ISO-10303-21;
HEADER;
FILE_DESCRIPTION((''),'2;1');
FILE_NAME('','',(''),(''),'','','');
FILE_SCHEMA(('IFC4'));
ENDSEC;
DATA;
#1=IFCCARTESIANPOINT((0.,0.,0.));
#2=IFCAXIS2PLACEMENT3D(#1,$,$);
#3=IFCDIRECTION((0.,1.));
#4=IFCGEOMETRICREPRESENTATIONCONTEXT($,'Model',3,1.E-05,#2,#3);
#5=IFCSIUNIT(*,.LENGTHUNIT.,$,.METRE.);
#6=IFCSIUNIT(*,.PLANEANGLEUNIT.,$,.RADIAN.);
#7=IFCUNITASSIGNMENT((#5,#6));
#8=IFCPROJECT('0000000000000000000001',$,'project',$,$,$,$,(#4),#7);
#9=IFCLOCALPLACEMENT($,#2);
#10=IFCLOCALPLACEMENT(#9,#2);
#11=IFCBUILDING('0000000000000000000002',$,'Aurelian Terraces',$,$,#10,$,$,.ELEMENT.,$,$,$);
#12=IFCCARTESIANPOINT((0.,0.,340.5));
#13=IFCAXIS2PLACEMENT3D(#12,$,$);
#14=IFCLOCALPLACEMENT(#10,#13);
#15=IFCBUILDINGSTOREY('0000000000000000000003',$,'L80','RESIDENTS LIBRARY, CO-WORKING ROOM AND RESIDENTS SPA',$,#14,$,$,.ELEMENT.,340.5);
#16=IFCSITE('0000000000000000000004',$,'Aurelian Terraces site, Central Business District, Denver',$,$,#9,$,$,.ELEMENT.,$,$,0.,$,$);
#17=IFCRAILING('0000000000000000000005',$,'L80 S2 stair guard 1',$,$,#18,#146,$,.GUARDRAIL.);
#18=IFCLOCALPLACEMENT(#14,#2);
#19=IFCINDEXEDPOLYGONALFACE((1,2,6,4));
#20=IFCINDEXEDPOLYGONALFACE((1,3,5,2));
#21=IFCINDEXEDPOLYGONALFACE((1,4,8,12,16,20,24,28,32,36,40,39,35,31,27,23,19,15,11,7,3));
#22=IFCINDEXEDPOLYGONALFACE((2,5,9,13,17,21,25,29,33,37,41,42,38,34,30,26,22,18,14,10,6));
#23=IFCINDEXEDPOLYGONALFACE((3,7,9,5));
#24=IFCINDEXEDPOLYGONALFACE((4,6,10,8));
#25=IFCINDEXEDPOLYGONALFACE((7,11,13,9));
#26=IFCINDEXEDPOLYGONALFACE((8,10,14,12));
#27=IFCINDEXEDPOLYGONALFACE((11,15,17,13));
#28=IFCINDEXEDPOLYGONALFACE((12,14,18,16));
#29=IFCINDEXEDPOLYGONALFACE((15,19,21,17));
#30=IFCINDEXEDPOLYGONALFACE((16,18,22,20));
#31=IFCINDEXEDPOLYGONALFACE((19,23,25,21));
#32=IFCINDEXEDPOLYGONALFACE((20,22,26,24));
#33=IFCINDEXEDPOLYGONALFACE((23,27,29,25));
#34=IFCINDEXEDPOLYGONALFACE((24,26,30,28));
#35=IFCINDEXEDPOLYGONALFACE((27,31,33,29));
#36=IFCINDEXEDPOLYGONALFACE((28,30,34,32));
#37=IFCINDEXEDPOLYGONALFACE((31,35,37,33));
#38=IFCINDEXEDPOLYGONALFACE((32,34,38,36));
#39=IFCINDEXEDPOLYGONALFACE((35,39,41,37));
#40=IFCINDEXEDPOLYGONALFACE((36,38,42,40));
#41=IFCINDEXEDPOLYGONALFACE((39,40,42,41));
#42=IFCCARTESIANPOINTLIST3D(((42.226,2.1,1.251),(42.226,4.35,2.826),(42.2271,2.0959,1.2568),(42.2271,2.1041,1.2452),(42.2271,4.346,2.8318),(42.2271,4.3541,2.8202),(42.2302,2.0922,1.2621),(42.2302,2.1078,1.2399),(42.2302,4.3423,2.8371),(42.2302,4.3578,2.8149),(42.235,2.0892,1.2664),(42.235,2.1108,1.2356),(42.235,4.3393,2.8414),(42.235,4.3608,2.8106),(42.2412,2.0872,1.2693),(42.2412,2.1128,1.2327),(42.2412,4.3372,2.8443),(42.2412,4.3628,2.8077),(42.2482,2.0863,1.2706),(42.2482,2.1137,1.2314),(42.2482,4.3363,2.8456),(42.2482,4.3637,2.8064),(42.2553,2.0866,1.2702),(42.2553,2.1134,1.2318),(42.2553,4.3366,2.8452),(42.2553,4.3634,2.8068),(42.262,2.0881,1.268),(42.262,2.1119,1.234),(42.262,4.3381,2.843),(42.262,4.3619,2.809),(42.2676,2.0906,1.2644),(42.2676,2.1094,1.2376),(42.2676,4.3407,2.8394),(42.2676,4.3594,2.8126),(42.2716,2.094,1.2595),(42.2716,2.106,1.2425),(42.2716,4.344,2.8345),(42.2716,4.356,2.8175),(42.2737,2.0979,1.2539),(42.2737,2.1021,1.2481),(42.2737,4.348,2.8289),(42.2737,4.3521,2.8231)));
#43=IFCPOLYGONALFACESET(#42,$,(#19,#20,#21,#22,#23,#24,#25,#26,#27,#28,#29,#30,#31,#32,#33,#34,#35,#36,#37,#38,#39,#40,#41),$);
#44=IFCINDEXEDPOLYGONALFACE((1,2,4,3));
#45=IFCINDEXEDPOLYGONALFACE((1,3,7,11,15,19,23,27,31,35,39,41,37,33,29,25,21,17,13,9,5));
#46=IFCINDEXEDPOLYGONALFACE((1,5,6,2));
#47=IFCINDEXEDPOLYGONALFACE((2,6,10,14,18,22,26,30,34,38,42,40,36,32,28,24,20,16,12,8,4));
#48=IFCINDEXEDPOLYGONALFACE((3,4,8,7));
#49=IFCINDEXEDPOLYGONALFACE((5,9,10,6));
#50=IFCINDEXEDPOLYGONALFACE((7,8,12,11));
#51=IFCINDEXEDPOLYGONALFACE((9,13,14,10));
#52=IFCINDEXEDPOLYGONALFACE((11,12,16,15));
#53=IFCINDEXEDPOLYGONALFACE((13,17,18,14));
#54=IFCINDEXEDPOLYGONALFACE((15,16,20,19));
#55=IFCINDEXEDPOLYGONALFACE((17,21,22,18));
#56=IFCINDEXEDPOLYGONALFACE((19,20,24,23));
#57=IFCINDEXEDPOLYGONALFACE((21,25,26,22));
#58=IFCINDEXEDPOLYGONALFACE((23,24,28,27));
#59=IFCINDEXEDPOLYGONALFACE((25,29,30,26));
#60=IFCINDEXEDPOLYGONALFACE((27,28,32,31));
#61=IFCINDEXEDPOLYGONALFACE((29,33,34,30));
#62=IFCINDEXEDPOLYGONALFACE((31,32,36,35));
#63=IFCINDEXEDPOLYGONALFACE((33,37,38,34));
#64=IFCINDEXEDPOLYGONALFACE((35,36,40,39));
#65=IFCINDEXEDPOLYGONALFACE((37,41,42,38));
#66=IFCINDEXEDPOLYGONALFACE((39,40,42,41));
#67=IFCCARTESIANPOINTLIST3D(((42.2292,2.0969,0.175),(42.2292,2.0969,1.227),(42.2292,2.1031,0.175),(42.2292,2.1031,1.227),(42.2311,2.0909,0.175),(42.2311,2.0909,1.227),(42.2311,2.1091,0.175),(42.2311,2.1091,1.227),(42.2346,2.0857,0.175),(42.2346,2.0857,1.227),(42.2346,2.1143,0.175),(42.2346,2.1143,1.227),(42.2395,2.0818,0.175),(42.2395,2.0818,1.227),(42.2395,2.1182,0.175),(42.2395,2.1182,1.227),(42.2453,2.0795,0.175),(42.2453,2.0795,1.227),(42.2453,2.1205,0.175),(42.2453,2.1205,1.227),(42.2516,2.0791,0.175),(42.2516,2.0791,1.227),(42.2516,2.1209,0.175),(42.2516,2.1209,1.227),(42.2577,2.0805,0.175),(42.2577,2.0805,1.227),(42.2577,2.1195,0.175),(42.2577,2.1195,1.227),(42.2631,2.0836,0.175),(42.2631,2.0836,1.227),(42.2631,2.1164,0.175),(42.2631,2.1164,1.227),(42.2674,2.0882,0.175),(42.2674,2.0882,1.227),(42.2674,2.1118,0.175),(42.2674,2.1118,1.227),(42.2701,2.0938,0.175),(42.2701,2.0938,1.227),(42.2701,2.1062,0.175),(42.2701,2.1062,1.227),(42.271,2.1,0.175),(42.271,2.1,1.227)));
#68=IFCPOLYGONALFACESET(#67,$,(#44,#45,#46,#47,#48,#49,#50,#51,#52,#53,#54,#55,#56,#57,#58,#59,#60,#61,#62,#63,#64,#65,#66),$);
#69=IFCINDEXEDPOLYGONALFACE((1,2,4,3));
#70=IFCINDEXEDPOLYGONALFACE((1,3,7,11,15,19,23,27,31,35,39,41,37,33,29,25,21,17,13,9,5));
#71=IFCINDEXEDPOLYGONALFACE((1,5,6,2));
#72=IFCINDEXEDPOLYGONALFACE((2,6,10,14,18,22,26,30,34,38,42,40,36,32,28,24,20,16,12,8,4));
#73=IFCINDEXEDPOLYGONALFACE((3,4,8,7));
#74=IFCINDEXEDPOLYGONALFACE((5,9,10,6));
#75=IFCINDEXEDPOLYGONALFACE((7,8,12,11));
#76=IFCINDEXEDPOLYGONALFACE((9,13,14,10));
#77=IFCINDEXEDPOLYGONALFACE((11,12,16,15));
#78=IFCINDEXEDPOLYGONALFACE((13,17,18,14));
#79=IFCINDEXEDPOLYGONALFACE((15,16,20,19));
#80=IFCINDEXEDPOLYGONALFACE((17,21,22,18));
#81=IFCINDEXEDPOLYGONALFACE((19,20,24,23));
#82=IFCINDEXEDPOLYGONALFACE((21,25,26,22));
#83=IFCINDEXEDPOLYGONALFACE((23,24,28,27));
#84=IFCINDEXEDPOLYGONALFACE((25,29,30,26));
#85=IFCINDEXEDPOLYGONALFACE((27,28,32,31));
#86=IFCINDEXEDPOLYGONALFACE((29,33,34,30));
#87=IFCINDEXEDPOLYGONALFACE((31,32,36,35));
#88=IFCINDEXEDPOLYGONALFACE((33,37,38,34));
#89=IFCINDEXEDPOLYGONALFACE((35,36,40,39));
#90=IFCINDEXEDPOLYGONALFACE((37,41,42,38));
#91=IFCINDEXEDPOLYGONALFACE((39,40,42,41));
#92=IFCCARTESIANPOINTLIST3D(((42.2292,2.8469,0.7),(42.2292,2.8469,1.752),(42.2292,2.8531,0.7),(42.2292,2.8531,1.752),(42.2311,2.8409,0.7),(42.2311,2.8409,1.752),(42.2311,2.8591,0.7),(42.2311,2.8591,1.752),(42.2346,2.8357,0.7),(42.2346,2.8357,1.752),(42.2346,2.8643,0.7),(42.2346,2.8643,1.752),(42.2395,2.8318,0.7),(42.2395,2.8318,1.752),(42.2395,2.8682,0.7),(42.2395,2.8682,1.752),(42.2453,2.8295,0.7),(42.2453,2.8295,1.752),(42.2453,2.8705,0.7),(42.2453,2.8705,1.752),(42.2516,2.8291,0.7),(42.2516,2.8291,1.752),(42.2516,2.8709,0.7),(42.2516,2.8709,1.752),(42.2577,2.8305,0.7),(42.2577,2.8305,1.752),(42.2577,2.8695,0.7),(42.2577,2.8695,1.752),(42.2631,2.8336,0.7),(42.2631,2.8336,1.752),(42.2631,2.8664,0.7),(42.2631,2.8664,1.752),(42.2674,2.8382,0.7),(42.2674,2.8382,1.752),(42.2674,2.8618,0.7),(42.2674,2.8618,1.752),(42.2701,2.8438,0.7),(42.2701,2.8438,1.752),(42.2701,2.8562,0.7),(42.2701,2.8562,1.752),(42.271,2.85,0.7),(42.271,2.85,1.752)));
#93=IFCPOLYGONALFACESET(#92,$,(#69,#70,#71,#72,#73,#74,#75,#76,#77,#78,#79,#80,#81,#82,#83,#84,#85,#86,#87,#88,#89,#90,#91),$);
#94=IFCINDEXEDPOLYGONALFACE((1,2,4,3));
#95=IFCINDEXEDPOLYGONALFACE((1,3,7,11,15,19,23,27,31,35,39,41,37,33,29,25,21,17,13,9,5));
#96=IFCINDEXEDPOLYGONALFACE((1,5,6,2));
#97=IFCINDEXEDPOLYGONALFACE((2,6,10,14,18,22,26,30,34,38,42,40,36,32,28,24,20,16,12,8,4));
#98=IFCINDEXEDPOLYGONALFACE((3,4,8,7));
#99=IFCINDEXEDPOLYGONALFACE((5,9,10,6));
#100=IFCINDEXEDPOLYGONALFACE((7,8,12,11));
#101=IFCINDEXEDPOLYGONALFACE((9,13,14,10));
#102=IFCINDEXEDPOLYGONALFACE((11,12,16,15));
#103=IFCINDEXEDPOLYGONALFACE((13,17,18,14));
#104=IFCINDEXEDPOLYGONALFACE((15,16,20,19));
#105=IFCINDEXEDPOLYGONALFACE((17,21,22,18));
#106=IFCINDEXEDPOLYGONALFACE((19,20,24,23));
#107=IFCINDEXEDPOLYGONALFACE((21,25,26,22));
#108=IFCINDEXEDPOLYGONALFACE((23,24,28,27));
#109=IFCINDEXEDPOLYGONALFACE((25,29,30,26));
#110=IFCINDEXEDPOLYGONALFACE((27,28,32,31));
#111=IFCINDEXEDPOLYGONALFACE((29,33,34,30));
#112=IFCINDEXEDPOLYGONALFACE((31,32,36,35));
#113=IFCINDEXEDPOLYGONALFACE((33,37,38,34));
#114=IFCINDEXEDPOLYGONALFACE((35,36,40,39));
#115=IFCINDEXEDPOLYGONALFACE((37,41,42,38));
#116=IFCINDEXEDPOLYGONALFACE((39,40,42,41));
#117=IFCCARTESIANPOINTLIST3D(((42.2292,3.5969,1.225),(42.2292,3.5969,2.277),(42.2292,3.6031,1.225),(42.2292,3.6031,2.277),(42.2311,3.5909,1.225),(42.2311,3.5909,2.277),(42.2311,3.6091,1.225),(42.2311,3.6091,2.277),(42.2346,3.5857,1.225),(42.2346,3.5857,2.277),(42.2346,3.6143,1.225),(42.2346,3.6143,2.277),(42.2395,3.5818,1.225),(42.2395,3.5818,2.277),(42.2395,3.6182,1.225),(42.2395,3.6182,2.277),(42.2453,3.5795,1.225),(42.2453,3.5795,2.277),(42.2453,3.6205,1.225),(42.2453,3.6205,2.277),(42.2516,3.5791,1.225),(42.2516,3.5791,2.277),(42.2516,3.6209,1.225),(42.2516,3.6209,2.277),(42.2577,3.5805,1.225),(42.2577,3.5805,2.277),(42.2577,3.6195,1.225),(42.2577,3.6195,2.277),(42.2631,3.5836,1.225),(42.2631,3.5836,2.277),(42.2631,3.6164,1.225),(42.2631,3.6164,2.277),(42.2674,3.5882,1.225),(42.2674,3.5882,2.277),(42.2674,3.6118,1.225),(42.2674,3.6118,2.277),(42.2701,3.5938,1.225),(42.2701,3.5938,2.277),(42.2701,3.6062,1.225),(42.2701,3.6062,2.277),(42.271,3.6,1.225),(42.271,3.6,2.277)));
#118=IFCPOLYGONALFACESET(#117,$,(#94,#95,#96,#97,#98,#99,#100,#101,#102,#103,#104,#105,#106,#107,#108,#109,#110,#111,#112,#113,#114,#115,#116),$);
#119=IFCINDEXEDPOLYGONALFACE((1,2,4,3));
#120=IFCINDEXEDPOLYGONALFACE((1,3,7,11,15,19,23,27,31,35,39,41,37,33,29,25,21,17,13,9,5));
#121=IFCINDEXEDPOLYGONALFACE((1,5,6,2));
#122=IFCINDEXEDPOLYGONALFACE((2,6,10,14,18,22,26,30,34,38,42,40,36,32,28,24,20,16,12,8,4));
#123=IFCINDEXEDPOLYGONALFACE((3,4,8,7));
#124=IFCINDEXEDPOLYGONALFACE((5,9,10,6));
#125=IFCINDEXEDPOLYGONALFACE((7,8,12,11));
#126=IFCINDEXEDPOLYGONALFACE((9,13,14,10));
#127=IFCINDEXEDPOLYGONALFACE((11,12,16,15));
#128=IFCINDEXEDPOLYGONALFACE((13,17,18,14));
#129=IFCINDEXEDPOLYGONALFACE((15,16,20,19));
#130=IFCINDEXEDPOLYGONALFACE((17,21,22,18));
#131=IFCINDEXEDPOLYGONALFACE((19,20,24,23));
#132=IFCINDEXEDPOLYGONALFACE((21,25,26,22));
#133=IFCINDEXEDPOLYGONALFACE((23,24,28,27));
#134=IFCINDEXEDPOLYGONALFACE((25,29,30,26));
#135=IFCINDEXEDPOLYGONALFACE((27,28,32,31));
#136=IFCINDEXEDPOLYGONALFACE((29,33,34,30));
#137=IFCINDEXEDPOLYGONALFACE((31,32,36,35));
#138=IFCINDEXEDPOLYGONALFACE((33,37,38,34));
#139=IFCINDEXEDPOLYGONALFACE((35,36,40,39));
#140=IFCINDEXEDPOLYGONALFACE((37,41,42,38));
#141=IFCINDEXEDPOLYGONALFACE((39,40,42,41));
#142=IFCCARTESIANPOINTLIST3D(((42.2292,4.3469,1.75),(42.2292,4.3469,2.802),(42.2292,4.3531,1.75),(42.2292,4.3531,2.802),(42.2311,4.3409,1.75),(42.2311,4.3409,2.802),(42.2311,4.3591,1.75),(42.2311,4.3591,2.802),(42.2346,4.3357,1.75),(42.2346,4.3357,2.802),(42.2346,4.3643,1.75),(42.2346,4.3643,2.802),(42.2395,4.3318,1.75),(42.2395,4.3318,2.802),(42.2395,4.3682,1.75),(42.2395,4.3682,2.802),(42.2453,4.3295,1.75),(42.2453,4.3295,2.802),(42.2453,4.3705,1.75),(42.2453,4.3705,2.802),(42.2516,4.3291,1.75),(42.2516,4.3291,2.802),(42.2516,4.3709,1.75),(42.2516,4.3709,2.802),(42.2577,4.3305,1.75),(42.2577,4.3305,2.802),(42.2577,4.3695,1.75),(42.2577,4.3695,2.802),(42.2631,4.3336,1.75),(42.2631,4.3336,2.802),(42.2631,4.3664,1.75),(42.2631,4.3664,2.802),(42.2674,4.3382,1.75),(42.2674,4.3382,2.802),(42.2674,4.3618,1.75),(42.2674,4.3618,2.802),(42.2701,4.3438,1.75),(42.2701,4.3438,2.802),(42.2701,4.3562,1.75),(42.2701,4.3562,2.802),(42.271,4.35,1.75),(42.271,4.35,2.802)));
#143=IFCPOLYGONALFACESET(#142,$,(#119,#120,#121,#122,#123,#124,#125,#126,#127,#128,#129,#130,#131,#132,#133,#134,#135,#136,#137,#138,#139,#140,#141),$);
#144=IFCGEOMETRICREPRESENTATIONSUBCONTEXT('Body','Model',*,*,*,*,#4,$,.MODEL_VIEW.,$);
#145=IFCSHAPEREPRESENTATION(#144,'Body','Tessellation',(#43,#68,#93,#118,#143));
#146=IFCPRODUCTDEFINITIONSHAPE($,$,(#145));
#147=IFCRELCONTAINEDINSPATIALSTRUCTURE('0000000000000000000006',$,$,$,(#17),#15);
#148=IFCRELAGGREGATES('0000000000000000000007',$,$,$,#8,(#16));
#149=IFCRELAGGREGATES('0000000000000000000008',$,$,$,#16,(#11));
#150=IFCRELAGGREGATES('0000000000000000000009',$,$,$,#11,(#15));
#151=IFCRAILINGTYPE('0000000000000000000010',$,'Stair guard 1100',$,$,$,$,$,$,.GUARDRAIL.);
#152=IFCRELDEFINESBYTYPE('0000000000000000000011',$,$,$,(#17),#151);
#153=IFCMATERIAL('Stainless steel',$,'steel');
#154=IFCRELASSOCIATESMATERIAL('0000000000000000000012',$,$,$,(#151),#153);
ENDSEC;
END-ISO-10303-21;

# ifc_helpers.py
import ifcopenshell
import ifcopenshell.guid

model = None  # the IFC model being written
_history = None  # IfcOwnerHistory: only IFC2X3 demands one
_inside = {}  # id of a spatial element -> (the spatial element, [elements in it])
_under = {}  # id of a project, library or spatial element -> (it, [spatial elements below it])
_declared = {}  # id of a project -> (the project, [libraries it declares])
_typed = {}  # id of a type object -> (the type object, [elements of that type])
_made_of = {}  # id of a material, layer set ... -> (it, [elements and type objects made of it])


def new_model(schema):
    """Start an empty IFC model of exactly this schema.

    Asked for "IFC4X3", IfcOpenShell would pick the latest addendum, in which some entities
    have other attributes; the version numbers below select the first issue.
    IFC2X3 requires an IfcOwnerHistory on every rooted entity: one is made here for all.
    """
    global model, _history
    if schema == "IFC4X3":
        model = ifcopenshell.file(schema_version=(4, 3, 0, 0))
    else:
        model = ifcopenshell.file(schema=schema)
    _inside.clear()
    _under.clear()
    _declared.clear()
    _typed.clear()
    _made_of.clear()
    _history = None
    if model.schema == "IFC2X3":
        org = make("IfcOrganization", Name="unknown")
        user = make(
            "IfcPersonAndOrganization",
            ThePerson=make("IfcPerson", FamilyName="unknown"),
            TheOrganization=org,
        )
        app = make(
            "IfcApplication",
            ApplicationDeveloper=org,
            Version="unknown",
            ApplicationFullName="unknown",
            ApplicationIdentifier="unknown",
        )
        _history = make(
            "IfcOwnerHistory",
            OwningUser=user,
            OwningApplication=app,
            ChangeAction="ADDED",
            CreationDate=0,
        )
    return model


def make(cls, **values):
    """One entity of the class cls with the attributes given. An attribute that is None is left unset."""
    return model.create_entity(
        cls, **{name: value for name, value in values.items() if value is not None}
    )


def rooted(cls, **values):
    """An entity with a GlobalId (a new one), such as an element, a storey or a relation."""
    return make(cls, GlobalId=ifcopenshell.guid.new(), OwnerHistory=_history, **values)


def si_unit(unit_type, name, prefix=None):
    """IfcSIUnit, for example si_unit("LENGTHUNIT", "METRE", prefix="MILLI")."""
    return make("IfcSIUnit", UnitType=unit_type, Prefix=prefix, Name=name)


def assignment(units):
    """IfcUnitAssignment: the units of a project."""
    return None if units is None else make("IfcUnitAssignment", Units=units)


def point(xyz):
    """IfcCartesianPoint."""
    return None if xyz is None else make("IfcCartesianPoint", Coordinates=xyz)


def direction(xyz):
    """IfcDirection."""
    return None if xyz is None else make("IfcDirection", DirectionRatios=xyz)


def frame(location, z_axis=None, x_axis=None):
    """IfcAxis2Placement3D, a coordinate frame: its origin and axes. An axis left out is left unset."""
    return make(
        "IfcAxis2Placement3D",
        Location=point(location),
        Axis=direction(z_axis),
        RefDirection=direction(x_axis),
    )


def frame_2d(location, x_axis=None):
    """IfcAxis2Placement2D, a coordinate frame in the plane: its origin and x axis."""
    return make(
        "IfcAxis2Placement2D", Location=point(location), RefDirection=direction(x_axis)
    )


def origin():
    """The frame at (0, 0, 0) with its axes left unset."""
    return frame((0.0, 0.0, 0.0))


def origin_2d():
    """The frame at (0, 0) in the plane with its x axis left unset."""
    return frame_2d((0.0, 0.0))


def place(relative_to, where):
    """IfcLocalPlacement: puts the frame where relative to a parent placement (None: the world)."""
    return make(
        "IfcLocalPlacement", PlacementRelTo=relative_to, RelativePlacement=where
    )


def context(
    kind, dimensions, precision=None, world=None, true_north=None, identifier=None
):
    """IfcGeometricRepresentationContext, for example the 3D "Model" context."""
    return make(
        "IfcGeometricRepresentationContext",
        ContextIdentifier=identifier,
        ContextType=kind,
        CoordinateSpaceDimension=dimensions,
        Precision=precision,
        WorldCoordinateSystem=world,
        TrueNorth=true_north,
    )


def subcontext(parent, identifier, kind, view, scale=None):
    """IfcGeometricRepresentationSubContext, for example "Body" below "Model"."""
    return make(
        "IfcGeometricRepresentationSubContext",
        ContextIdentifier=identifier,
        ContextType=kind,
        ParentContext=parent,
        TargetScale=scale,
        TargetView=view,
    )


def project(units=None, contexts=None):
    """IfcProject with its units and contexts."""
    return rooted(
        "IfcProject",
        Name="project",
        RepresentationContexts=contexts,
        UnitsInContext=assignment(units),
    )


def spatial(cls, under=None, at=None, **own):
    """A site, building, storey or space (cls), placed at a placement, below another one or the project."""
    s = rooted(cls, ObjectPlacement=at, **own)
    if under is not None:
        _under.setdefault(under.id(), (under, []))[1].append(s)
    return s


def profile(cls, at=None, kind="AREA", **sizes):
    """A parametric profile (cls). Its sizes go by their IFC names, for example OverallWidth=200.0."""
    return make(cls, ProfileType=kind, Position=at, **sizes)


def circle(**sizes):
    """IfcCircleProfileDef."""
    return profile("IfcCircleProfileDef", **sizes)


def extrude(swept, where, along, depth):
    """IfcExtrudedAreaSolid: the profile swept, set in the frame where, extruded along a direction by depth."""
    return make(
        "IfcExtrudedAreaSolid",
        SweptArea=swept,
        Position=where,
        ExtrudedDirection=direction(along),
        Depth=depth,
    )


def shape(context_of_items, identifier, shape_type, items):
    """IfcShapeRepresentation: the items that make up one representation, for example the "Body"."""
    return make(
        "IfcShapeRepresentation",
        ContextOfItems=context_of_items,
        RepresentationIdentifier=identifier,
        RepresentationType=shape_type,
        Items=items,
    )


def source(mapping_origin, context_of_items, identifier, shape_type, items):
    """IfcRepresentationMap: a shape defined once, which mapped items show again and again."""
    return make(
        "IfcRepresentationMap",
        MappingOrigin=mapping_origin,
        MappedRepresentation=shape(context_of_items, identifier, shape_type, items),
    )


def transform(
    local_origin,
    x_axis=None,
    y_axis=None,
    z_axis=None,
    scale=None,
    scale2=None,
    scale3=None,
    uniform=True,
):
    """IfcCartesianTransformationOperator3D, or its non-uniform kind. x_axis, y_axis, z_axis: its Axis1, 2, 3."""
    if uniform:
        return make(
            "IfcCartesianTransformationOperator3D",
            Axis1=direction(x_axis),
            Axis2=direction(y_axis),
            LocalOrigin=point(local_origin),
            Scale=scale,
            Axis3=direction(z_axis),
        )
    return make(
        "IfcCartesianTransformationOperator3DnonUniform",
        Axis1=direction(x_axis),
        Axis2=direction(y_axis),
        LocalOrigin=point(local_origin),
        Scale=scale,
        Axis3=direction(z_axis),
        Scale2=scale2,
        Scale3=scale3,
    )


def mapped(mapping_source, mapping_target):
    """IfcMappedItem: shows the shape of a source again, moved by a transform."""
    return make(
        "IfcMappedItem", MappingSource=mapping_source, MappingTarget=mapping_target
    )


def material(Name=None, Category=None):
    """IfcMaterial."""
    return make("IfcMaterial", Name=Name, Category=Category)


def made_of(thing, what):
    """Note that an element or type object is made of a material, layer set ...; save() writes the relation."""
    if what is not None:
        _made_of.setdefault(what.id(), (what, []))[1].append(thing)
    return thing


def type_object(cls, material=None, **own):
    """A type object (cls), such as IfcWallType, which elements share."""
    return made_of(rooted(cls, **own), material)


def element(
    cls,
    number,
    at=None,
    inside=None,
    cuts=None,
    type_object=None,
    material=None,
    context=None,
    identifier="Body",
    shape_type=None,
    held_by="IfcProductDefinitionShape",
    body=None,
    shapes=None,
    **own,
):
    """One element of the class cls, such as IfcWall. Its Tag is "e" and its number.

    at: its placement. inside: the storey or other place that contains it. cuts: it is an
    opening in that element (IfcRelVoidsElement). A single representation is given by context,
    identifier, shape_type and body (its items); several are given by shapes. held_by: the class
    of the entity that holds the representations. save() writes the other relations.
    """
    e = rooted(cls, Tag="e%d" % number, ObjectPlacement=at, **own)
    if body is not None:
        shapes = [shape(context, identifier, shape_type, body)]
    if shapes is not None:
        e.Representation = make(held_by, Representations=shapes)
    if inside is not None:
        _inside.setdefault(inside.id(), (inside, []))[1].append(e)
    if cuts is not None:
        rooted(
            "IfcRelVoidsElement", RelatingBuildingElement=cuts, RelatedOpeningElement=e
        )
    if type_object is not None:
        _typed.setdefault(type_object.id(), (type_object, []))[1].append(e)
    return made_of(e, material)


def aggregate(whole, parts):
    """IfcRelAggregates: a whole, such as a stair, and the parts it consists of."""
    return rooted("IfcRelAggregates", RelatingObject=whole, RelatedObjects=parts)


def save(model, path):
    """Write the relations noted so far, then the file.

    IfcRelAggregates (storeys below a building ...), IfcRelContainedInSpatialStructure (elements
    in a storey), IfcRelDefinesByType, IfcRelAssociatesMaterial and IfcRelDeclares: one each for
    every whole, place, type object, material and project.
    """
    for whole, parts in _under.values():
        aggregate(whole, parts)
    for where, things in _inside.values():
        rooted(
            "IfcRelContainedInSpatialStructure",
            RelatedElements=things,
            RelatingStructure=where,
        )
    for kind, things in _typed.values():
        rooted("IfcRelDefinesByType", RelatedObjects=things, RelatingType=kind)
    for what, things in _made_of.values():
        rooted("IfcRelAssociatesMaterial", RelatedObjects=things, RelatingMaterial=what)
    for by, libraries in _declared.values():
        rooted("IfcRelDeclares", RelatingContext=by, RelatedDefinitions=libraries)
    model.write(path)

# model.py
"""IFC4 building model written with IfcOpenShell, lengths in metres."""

from ifc_helpers import new_model, si_unit, direction, frame, origin, origin_2d, place, context, subcontext, project, spatial, circle, extrude, source, transform, mapped, material, type_object, element, save


model = new_model("IFC4")

# Units and contexts
model_context = context("Model", 3, precision=1e-05, world=origin(), true_north=direction((0.0, 1.0)))
body_context = subcontext(model_context, "Body", "Model", "MODEL_VIEW")
ifc_project = project(units=[si_unit("LENGTHUNIT", "METRE"), si_unit("PLANEANGLEUNIT", "RADIAN")], contexts=[model_context])

# Site, building, storey
site_placement = place(None, origin())
site = spatial("IfcSite", under=ifc_project, at=site_placement, Name="Aurelian Terraces site, Central Business District, Denver", CompositionType="ELEMENT", RefElevation=0.0)
building_placement = place(site_placement, origin())
building = spatial("IfcBuilding", under=site, at=building_placement, Name="Aurelian Terraces", CompositionType="ELEMENT")
storey_placement = place(building_placement, frame((0.0, 0.0, 340.5)))
storey = spatial("IfcBuildingStorey", under=building, at=storey_placement, Name="L80", Description="RESIDENTS LIBRARY, CO-WORKING ROOM AND RESIDENTS SPA", CompositionType="ELEMENT", Elevation=340.5)

# Railing
ifc_material_1 = material(Name="Stainless steel", Category="steel")
railing_type_1 = type_object("IfcRailingType", Name="Stair guard 1100", PredefinedType="GUARDRAIL", material=ifc_material_1)
shared_shape_1 = source(origin(), body_context, "Body", "SweptSolid", [
    extrude(circle(Radius=0.024, at=origin_2d()), frame((0.0, 0.0, 1.076), z_axis=(0.0, 0.819232, 0.573462), x_axis=(-1.0, 0.0, 0.0)), (0.0, 0.0, 1.0), 2.7465),
    extrude(circle(Radius=0.021, at=origin_2d()), origin(), (0.0, 0.0, 1.0), 1.052),
    extrude(circle(Radius=0.021, at=origin_2d()), frame((0.0, 0.75, 0.525)), (0.0, 0.0, 1.0), 1.052),
    extrude(circle(Radius=0.021, at=origin_2d()), frame((0.0, 1.5, 1.05)), (0.0, 0.0, 1.0), 1.052),
    extrude(circle(Radius=0.021, at=origin_2d()), frame((0.0, 2.25, 1.575)), (0.0, 0.0, 1.0), 1.052),
])
railing_1_placement = place(storey_placement, frame((42.25, 2.1, 0.175)))
element("IfcRailing", 1, at=railing_1_placement, inside=storey, type_object=railing_type_1, Name="L80 S2 stair guard 1", PredefinedType="GUARDRAIL", context=body_context, shape_type="MappedRepresentation", body=[
    mapped(shared_shape_1, transform((0.0, 0.0, 0.0), scale=1.0)),
])

save(model, "model.ifc")
